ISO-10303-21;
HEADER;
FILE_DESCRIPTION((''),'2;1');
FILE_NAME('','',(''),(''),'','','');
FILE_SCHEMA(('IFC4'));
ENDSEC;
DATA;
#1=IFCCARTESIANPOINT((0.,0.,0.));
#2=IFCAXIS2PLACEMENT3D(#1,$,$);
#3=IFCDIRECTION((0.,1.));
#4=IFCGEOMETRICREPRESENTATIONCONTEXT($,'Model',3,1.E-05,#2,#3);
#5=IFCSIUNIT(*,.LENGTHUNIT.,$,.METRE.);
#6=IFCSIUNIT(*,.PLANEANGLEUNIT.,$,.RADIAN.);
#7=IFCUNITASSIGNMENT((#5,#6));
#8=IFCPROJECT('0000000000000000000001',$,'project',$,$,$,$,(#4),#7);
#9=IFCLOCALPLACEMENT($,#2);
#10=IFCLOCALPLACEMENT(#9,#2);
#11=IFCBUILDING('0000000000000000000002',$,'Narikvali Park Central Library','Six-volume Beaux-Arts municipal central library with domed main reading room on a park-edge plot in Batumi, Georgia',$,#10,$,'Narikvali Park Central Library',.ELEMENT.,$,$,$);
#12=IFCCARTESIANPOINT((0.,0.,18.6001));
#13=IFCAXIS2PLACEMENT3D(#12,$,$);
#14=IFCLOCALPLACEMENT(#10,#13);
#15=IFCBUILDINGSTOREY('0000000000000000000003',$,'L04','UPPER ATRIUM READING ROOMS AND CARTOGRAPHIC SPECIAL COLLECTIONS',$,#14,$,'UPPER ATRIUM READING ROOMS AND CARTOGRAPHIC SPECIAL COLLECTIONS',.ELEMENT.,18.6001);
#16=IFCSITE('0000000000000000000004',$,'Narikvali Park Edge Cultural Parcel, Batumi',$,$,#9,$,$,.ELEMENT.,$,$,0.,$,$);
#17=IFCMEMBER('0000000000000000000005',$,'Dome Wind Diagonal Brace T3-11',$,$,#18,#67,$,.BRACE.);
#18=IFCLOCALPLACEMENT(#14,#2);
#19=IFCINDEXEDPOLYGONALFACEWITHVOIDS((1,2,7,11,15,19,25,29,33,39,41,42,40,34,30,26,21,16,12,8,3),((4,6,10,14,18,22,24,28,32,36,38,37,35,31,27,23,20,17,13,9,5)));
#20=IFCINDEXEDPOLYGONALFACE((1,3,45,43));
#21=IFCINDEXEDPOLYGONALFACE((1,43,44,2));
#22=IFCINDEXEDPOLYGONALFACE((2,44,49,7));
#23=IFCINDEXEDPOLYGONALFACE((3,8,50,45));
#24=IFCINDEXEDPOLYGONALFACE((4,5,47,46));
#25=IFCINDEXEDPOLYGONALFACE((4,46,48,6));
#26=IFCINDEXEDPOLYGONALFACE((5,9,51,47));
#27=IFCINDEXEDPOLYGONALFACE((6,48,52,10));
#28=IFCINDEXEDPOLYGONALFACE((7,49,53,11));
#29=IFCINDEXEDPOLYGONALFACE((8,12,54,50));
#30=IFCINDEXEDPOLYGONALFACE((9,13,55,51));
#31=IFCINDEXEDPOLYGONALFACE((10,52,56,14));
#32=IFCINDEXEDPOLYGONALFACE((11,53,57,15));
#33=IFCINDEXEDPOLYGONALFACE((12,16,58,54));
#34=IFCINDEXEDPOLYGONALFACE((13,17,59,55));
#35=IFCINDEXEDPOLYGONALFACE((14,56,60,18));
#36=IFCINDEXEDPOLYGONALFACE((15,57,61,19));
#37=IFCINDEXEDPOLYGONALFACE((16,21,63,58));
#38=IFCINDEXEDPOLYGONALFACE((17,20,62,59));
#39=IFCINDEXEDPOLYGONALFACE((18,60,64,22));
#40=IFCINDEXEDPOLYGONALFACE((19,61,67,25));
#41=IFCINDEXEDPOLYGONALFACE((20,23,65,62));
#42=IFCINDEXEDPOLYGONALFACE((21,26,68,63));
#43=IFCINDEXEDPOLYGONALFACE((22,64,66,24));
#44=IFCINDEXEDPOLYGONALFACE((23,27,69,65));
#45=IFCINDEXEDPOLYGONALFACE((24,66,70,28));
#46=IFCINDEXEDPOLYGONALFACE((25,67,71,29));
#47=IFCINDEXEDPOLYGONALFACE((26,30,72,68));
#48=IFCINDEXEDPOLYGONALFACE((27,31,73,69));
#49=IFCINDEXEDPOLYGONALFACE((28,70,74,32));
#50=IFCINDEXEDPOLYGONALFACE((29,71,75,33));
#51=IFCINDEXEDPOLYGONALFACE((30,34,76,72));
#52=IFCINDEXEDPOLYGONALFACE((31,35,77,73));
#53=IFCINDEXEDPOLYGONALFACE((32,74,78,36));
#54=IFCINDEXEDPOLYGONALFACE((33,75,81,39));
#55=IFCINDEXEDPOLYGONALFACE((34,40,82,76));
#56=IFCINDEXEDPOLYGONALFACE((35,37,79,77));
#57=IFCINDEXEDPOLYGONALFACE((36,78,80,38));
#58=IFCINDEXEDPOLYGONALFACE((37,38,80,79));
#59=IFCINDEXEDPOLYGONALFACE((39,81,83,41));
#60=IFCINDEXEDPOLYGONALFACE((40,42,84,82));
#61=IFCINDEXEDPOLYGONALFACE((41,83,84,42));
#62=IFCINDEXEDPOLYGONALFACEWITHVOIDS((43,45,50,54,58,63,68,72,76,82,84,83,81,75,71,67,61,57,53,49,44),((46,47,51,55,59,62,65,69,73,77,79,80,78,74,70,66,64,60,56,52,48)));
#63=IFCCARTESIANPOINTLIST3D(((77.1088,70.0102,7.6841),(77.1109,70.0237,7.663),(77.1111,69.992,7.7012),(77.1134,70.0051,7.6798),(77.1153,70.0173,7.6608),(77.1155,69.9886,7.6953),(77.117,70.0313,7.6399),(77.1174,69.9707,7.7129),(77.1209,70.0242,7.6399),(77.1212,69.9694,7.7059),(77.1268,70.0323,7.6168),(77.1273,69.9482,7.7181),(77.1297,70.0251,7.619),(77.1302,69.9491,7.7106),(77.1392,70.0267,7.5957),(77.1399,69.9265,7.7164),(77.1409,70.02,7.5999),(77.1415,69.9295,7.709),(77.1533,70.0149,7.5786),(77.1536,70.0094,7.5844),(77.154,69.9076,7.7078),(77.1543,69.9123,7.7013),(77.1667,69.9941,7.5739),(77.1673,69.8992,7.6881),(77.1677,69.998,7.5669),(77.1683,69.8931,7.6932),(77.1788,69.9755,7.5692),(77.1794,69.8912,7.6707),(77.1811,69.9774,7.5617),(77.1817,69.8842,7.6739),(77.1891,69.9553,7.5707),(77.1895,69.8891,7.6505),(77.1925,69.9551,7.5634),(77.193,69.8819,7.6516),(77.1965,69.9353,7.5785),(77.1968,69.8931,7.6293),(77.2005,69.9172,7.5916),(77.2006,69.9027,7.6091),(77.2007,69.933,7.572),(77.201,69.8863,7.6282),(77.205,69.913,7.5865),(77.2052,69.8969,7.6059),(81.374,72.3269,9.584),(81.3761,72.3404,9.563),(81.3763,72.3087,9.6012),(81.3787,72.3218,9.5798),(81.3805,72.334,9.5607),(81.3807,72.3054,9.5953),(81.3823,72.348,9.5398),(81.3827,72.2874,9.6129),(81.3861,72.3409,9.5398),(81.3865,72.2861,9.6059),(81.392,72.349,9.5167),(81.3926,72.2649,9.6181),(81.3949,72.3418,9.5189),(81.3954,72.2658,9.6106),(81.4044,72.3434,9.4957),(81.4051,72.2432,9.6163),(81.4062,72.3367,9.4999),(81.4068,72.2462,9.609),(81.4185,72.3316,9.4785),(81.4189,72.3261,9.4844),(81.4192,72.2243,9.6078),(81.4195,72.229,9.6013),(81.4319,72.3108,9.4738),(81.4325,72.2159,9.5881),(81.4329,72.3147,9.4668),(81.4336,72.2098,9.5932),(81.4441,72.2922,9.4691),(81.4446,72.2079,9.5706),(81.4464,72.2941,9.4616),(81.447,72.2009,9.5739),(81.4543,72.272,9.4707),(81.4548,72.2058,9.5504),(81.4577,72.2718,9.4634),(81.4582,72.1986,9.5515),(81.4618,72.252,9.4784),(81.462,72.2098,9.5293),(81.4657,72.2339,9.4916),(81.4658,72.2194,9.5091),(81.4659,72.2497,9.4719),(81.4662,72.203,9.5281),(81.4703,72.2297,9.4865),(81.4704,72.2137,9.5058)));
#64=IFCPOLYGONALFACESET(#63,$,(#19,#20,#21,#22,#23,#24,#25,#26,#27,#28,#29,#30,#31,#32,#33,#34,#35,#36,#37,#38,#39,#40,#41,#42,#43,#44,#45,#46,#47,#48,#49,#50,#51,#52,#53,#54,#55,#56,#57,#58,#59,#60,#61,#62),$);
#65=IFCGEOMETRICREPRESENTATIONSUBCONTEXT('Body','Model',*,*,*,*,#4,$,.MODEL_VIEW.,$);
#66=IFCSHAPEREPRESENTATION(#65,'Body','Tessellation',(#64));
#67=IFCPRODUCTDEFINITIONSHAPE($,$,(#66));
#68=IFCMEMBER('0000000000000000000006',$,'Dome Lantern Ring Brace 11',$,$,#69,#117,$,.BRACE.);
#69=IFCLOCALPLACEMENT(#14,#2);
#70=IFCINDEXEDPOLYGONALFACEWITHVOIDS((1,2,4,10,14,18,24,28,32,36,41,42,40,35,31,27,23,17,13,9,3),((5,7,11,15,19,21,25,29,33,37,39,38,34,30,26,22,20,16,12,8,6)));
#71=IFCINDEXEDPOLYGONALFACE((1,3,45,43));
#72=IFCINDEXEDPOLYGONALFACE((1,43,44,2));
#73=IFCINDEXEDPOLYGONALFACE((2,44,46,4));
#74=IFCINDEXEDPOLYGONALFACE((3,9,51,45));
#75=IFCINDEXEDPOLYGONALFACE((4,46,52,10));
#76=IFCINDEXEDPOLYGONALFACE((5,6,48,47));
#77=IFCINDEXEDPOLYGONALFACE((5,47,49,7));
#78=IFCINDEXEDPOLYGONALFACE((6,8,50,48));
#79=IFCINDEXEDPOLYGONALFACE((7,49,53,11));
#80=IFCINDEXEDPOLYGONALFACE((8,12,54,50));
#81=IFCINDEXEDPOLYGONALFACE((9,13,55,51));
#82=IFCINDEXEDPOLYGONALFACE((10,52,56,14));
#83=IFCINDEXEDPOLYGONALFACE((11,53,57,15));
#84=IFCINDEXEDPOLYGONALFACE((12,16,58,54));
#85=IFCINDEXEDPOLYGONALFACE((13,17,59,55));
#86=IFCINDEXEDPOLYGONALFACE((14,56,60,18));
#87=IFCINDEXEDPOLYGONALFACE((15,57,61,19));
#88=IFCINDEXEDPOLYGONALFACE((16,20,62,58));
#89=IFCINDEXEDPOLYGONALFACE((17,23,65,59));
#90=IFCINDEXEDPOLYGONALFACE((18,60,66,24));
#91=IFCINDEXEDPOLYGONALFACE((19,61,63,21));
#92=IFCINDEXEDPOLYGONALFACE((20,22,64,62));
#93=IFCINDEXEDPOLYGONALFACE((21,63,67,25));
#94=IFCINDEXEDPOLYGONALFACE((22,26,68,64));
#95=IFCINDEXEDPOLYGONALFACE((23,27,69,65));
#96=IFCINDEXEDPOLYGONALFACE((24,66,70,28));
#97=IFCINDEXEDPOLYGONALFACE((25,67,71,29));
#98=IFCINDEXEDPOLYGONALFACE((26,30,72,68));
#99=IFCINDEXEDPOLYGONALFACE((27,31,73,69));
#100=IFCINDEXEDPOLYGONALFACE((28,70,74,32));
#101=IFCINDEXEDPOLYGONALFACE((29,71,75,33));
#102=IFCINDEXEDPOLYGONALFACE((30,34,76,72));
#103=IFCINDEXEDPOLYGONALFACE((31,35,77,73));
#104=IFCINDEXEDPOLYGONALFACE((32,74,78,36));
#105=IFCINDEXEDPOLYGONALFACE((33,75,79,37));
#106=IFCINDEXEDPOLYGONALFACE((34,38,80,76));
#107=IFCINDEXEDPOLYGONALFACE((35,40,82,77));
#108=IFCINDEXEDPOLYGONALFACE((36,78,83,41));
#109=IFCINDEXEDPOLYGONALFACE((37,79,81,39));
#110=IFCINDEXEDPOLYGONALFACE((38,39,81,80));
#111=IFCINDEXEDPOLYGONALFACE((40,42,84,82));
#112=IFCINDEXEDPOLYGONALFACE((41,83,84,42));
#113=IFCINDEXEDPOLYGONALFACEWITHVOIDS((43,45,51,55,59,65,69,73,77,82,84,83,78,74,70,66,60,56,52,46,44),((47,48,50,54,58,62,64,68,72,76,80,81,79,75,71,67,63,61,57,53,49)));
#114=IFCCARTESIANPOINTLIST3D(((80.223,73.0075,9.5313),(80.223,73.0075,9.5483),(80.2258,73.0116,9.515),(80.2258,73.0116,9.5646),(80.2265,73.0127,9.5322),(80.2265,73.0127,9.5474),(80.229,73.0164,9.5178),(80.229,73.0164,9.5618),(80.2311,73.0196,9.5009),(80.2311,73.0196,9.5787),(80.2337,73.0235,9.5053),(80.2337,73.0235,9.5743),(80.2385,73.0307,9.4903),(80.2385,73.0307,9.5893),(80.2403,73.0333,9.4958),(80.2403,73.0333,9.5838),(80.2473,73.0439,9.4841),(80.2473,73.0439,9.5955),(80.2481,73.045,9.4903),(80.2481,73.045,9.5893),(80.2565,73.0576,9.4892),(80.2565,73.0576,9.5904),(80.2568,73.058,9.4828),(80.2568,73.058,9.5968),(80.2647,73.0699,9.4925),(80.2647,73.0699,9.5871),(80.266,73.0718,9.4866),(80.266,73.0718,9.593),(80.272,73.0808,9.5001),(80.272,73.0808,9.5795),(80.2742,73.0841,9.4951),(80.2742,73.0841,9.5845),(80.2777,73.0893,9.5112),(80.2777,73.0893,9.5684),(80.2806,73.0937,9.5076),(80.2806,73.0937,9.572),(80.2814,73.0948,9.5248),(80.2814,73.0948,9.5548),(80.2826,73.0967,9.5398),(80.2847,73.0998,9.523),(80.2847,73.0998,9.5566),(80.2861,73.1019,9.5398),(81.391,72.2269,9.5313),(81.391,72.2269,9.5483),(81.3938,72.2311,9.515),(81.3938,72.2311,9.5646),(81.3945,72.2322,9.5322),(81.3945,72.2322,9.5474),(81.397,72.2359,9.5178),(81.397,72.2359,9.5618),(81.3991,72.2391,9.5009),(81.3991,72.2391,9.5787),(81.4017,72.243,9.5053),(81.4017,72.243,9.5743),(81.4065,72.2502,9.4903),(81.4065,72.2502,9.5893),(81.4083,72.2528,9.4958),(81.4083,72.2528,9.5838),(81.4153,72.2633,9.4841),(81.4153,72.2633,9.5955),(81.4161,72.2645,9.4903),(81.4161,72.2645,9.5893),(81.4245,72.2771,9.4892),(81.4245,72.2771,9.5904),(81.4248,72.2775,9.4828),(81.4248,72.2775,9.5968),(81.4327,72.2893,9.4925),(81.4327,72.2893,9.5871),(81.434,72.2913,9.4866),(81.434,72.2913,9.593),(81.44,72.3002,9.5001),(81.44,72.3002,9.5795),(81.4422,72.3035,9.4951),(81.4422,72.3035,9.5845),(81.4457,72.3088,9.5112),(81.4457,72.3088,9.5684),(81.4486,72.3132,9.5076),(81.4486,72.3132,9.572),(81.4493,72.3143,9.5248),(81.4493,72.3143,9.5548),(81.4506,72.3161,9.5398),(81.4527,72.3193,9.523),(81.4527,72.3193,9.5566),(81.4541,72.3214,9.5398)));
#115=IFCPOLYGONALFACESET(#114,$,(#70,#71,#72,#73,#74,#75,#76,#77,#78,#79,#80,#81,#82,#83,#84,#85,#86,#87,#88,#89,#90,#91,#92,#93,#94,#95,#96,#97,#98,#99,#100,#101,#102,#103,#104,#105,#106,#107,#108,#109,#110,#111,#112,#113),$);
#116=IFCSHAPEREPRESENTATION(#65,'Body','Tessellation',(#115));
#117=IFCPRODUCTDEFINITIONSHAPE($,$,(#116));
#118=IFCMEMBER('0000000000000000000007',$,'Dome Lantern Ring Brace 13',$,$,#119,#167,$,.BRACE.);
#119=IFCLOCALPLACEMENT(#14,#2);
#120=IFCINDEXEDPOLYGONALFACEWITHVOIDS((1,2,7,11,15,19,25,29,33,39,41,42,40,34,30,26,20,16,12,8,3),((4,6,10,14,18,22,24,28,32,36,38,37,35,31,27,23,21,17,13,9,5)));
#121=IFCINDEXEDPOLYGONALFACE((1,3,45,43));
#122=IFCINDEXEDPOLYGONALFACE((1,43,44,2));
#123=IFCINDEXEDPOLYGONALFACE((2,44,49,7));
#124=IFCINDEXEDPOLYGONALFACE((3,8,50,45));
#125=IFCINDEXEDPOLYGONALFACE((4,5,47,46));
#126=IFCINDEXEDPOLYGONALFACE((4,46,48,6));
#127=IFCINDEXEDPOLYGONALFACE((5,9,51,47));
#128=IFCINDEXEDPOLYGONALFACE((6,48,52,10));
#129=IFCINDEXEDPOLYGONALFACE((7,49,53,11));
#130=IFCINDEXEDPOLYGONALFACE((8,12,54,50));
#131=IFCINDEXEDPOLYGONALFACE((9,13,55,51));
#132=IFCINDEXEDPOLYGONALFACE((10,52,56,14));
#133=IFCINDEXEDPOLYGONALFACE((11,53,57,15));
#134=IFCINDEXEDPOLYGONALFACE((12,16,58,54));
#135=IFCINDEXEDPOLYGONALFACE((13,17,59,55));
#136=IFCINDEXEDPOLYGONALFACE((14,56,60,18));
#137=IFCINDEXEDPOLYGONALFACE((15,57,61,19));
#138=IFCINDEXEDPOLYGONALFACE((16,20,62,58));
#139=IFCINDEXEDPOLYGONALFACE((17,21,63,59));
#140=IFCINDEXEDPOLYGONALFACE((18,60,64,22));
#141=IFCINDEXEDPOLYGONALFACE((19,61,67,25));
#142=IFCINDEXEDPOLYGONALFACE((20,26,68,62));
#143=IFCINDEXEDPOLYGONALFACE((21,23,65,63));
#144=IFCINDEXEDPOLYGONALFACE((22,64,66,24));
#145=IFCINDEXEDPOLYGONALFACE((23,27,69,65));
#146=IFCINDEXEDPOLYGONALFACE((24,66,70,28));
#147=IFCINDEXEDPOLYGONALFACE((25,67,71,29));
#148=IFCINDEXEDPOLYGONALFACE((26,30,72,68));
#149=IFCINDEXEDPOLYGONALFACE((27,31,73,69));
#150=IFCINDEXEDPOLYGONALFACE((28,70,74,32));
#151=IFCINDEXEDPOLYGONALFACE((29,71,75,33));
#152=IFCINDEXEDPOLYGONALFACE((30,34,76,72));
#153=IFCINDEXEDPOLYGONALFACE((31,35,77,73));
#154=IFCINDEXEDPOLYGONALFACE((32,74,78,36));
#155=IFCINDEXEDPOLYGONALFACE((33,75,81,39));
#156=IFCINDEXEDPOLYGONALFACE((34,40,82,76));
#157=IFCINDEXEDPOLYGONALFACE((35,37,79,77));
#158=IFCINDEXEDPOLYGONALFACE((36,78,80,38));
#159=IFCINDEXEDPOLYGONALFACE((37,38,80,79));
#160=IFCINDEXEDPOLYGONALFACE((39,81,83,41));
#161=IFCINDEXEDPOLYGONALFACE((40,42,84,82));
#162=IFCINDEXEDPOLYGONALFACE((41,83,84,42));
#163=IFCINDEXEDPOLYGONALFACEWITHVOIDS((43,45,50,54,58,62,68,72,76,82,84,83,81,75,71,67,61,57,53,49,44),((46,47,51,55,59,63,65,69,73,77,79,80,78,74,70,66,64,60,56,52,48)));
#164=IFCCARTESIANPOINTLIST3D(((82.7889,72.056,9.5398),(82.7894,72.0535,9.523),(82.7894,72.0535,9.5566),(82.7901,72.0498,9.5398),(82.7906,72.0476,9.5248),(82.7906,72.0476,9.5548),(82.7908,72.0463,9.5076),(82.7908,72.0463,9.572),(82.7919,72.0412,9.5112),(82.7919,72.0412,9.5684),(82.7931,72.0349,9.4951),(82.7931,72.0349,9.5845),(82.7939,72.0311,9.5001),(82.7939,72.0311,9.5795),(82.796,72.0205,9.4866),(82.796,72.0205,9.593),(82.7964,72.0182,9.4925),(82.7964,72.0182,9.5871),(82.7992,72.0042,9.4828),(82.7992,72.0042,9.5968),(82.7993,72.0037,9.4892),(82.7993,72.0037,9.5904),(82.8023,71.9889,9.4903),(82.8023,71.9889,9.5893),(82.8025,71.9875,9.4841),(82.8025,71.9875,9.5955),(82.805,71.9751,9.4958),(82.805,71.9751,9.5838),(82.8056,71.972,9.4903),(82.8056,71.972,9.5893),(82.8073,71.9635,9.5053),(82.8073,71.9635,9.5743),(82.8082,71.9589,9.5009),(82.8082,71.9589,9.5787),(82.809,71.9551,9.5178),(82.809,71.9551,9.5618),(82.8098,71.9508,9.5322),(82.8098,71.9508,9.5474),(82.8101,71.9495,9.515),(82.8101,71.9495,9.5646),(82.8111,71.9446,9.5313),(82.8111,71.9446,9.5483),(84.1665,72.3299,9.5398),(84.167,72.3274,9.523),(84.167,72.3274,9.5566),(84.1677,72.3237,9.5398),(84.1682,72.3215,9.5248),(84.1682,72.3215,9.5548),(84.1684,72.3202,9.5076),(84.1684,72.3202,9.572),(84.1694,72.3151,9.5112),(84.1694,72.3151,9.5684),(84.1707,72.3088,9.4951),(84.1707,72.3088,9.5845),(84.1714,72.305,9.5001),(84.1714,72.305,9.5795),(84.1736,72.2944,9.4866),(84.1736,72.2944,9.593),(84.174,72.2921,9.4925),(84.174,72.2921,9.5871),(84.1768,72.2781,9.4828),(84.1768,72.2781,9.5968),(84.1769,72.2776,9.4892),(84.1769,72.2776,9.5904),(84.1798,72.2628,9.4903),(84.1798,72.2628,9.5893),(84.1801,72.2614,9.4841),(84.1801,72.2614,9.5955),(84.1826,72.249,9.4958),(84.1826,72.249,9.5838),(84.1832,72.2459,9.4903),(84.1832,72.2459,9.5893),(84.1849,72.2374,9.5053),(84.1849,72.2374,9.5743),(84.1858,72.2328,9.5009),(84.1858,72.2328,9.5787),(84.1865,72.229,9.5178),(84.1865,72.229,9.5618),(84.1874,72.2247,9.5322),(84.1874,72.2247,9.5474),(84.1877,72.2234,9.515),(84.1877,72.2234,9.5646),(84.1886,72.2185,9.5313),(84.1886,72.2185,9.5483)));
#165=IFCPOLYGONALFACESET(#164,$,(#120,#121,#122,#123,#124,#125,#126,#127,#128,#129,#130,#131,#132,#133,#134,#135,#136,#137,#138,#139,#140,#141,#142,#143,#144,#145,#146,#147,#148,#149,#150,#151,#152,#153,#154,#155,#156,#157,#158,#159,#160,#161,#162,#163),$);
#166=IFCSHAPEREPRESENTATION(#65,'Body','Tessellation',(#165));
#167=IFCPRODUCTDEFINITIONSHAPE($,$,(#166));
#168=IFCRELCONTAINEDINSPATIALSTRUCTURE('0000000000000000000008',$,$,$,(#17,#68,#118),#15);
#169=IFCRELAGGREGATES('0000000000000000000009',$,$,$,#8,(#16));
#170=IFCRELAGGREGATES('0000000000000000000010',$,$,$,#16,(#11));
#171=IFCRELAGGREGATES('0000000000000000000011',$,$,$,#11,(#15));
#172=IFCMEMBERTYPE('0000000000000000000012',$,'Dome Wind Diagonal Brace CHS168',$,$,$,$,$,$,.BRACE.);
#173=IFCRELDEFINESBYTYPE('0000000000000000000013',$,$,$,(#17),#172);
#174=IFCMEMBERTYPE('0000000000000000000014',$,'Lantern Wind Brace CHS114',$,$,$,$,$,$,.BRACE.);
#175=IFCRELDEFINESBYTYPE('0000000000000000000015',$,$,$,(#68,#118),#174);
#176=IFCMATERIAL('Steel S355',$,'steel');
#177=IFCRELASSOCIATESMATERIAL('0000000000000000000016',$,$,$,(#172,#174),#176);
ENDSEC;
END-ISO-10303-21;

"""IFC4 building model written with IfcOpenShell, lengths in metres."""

from ifc_helpers import new_model, si_unit, direction, frame, origin, origin_2d, place, context, subcontext, project, spatial, hollow_circle, extrude, material, material_profile, profile_set, type_object, element, save


model = new_model("IFC4")

# Units and contexts
model_context = context("Model", 3, precision=1e-05, world=origin(), true_north=direction((0.0, 1.0)))
body_context = subcontext(model_context, "Body", "Model", "MODEL_VIEW")
ifc_project = project(units=[si_unit("LENGTHUNIT", "METRE"), si_unit("PLANEANGLEUNIT", "RADIAN")], contexts=[model_context])

# Site, building, storey
site_placement = place(None, origin())
site = spatial("IfcSite", under=ifc_project, at=site_placement, Name="Narikvali Park Edge Cultural Parcel, Batumi", CompositionType="ELEMENT", RefElevation=0.0)
building_placement = place(site_placement, origin())
building = spatial("IfcBuilding", under=site, at=building_placement, Name="Narikvali Park Central Library", Description="Six-volume Beaux-Arts municipal central library with domed main reading room on a park-edge plot in Batumi, Georgia", LongName="Narikvali Park Central Library", CompositionType="ELEMENT")
storey_placement = place(building_placement, frame((0.0, 0.0, 18.6001)))
storey = spatial("IfcBuildingStorey", under=building, at=storey_placement, Name="L04", Description="UPPER ATRIUM READING ROOMS AND CARTOGRAPHIC SPECIAL COLLECTIONS", LongName="UPPER ATRIUM READING ROOMS AND CARTOGRAPHIC SPECIAL COLLECTIONS", CompositionType="ELEMENT", Elevation=18.6001)

# Members
ifc_material_1 = material(Name="Steel S355", Category="steel")
ifc_material_profile_1 = material_profile(ifc_material_1, hollow_circle(Radius=0.0842, WallThickness=0.0081, at=origin_2d()), Name="CHS 168.3x8")
ifc_profile_set_1 = profile_set([ifc_material_profile_1], Name="Steel S355")
member_type_1 = type_object("IfcMemberType", Name="Dome Wind Diagonal Brace CHS168", PredefinedType="BRACE", material=ifc_profile_set_1)
member_1_placement = place(storey_placement, frame((77.1572, 69.9573, 7.6399), z_axis=(0.818286, 0.44446, 0.364505), x_axis=(-0.477297, 0.878742, 0.0)))
element("IfcMember", 1, at=member_1_placement, inside=storey, type_object=member_type_1, Name="Dome Wind Diagonal Brace T3-11", PredefinedType="BRACE", context=body_context, shape_type="SweptSolid", body=[
    extrude(hollow_circle(Radius=0.0842, WallThickness=0.0081, at=origin_2d()), origin(), (0.0, 0.0, 1.0), 5.2124),
])
ifc_material_profile_2 = material_profile(ifc_material_1, hollow_circle(Radius=0.0571, WallThickness=0.0063, at=origin_2d()), Name="CHS 114.3x6.3")
ifc_profile_set_2 = profile_set([ifc_material_profile_2], Name="Steel S355")
member_type_2 = type_object("IfcMemberType", Name="Lantern Wind Brace CHS114", PredefinedType="BRACE", material=ifc_profile_set_2)
member_2_placement = place(storey_placement, frame((80.2544, 73.0544, 9.5398), z_axis=(0.831435, -0.555622, 0.0), x_axis=(0.555622, 0.831435, 0.0)))
element("IfcMember", 2, at=member_2_placement, inside=storey, type_object=member_type_2, Name="Dome Lantern Ring Brace 11", PredefinedType="BRACE", context=body_context, shape_type="SweptSolid", body=[
    extrude(hollow_circle(Radius=0.0571, WallThickness=0.0063, at=origin_2d()), origin(), (0.0, 0.0, 1.0), 1.4048),
])
member_3_placement = place(storey_placement, frame((82.8, 72.0, 9.5398), z_axis=(0.980801, 0.195013, 0.0), x_axis=(-0.195013, 0.980801, 0.0)))
element("IfcMember", 3, at=member_3_placement, inside=storey, type_object=member_type_2, Name="Dome Lantern Ring Brace 13", PredefinedType="BRACE", context=body_context, shape_type="SweptSolid", body=[
    extrude(hollow_circle(Radius=0.0571, WallThickness=0.0063, at=origin_2d()), origin(), (0.0, 0.0, 1.0), 1.4045),
])

save(model, "model.ifc")
